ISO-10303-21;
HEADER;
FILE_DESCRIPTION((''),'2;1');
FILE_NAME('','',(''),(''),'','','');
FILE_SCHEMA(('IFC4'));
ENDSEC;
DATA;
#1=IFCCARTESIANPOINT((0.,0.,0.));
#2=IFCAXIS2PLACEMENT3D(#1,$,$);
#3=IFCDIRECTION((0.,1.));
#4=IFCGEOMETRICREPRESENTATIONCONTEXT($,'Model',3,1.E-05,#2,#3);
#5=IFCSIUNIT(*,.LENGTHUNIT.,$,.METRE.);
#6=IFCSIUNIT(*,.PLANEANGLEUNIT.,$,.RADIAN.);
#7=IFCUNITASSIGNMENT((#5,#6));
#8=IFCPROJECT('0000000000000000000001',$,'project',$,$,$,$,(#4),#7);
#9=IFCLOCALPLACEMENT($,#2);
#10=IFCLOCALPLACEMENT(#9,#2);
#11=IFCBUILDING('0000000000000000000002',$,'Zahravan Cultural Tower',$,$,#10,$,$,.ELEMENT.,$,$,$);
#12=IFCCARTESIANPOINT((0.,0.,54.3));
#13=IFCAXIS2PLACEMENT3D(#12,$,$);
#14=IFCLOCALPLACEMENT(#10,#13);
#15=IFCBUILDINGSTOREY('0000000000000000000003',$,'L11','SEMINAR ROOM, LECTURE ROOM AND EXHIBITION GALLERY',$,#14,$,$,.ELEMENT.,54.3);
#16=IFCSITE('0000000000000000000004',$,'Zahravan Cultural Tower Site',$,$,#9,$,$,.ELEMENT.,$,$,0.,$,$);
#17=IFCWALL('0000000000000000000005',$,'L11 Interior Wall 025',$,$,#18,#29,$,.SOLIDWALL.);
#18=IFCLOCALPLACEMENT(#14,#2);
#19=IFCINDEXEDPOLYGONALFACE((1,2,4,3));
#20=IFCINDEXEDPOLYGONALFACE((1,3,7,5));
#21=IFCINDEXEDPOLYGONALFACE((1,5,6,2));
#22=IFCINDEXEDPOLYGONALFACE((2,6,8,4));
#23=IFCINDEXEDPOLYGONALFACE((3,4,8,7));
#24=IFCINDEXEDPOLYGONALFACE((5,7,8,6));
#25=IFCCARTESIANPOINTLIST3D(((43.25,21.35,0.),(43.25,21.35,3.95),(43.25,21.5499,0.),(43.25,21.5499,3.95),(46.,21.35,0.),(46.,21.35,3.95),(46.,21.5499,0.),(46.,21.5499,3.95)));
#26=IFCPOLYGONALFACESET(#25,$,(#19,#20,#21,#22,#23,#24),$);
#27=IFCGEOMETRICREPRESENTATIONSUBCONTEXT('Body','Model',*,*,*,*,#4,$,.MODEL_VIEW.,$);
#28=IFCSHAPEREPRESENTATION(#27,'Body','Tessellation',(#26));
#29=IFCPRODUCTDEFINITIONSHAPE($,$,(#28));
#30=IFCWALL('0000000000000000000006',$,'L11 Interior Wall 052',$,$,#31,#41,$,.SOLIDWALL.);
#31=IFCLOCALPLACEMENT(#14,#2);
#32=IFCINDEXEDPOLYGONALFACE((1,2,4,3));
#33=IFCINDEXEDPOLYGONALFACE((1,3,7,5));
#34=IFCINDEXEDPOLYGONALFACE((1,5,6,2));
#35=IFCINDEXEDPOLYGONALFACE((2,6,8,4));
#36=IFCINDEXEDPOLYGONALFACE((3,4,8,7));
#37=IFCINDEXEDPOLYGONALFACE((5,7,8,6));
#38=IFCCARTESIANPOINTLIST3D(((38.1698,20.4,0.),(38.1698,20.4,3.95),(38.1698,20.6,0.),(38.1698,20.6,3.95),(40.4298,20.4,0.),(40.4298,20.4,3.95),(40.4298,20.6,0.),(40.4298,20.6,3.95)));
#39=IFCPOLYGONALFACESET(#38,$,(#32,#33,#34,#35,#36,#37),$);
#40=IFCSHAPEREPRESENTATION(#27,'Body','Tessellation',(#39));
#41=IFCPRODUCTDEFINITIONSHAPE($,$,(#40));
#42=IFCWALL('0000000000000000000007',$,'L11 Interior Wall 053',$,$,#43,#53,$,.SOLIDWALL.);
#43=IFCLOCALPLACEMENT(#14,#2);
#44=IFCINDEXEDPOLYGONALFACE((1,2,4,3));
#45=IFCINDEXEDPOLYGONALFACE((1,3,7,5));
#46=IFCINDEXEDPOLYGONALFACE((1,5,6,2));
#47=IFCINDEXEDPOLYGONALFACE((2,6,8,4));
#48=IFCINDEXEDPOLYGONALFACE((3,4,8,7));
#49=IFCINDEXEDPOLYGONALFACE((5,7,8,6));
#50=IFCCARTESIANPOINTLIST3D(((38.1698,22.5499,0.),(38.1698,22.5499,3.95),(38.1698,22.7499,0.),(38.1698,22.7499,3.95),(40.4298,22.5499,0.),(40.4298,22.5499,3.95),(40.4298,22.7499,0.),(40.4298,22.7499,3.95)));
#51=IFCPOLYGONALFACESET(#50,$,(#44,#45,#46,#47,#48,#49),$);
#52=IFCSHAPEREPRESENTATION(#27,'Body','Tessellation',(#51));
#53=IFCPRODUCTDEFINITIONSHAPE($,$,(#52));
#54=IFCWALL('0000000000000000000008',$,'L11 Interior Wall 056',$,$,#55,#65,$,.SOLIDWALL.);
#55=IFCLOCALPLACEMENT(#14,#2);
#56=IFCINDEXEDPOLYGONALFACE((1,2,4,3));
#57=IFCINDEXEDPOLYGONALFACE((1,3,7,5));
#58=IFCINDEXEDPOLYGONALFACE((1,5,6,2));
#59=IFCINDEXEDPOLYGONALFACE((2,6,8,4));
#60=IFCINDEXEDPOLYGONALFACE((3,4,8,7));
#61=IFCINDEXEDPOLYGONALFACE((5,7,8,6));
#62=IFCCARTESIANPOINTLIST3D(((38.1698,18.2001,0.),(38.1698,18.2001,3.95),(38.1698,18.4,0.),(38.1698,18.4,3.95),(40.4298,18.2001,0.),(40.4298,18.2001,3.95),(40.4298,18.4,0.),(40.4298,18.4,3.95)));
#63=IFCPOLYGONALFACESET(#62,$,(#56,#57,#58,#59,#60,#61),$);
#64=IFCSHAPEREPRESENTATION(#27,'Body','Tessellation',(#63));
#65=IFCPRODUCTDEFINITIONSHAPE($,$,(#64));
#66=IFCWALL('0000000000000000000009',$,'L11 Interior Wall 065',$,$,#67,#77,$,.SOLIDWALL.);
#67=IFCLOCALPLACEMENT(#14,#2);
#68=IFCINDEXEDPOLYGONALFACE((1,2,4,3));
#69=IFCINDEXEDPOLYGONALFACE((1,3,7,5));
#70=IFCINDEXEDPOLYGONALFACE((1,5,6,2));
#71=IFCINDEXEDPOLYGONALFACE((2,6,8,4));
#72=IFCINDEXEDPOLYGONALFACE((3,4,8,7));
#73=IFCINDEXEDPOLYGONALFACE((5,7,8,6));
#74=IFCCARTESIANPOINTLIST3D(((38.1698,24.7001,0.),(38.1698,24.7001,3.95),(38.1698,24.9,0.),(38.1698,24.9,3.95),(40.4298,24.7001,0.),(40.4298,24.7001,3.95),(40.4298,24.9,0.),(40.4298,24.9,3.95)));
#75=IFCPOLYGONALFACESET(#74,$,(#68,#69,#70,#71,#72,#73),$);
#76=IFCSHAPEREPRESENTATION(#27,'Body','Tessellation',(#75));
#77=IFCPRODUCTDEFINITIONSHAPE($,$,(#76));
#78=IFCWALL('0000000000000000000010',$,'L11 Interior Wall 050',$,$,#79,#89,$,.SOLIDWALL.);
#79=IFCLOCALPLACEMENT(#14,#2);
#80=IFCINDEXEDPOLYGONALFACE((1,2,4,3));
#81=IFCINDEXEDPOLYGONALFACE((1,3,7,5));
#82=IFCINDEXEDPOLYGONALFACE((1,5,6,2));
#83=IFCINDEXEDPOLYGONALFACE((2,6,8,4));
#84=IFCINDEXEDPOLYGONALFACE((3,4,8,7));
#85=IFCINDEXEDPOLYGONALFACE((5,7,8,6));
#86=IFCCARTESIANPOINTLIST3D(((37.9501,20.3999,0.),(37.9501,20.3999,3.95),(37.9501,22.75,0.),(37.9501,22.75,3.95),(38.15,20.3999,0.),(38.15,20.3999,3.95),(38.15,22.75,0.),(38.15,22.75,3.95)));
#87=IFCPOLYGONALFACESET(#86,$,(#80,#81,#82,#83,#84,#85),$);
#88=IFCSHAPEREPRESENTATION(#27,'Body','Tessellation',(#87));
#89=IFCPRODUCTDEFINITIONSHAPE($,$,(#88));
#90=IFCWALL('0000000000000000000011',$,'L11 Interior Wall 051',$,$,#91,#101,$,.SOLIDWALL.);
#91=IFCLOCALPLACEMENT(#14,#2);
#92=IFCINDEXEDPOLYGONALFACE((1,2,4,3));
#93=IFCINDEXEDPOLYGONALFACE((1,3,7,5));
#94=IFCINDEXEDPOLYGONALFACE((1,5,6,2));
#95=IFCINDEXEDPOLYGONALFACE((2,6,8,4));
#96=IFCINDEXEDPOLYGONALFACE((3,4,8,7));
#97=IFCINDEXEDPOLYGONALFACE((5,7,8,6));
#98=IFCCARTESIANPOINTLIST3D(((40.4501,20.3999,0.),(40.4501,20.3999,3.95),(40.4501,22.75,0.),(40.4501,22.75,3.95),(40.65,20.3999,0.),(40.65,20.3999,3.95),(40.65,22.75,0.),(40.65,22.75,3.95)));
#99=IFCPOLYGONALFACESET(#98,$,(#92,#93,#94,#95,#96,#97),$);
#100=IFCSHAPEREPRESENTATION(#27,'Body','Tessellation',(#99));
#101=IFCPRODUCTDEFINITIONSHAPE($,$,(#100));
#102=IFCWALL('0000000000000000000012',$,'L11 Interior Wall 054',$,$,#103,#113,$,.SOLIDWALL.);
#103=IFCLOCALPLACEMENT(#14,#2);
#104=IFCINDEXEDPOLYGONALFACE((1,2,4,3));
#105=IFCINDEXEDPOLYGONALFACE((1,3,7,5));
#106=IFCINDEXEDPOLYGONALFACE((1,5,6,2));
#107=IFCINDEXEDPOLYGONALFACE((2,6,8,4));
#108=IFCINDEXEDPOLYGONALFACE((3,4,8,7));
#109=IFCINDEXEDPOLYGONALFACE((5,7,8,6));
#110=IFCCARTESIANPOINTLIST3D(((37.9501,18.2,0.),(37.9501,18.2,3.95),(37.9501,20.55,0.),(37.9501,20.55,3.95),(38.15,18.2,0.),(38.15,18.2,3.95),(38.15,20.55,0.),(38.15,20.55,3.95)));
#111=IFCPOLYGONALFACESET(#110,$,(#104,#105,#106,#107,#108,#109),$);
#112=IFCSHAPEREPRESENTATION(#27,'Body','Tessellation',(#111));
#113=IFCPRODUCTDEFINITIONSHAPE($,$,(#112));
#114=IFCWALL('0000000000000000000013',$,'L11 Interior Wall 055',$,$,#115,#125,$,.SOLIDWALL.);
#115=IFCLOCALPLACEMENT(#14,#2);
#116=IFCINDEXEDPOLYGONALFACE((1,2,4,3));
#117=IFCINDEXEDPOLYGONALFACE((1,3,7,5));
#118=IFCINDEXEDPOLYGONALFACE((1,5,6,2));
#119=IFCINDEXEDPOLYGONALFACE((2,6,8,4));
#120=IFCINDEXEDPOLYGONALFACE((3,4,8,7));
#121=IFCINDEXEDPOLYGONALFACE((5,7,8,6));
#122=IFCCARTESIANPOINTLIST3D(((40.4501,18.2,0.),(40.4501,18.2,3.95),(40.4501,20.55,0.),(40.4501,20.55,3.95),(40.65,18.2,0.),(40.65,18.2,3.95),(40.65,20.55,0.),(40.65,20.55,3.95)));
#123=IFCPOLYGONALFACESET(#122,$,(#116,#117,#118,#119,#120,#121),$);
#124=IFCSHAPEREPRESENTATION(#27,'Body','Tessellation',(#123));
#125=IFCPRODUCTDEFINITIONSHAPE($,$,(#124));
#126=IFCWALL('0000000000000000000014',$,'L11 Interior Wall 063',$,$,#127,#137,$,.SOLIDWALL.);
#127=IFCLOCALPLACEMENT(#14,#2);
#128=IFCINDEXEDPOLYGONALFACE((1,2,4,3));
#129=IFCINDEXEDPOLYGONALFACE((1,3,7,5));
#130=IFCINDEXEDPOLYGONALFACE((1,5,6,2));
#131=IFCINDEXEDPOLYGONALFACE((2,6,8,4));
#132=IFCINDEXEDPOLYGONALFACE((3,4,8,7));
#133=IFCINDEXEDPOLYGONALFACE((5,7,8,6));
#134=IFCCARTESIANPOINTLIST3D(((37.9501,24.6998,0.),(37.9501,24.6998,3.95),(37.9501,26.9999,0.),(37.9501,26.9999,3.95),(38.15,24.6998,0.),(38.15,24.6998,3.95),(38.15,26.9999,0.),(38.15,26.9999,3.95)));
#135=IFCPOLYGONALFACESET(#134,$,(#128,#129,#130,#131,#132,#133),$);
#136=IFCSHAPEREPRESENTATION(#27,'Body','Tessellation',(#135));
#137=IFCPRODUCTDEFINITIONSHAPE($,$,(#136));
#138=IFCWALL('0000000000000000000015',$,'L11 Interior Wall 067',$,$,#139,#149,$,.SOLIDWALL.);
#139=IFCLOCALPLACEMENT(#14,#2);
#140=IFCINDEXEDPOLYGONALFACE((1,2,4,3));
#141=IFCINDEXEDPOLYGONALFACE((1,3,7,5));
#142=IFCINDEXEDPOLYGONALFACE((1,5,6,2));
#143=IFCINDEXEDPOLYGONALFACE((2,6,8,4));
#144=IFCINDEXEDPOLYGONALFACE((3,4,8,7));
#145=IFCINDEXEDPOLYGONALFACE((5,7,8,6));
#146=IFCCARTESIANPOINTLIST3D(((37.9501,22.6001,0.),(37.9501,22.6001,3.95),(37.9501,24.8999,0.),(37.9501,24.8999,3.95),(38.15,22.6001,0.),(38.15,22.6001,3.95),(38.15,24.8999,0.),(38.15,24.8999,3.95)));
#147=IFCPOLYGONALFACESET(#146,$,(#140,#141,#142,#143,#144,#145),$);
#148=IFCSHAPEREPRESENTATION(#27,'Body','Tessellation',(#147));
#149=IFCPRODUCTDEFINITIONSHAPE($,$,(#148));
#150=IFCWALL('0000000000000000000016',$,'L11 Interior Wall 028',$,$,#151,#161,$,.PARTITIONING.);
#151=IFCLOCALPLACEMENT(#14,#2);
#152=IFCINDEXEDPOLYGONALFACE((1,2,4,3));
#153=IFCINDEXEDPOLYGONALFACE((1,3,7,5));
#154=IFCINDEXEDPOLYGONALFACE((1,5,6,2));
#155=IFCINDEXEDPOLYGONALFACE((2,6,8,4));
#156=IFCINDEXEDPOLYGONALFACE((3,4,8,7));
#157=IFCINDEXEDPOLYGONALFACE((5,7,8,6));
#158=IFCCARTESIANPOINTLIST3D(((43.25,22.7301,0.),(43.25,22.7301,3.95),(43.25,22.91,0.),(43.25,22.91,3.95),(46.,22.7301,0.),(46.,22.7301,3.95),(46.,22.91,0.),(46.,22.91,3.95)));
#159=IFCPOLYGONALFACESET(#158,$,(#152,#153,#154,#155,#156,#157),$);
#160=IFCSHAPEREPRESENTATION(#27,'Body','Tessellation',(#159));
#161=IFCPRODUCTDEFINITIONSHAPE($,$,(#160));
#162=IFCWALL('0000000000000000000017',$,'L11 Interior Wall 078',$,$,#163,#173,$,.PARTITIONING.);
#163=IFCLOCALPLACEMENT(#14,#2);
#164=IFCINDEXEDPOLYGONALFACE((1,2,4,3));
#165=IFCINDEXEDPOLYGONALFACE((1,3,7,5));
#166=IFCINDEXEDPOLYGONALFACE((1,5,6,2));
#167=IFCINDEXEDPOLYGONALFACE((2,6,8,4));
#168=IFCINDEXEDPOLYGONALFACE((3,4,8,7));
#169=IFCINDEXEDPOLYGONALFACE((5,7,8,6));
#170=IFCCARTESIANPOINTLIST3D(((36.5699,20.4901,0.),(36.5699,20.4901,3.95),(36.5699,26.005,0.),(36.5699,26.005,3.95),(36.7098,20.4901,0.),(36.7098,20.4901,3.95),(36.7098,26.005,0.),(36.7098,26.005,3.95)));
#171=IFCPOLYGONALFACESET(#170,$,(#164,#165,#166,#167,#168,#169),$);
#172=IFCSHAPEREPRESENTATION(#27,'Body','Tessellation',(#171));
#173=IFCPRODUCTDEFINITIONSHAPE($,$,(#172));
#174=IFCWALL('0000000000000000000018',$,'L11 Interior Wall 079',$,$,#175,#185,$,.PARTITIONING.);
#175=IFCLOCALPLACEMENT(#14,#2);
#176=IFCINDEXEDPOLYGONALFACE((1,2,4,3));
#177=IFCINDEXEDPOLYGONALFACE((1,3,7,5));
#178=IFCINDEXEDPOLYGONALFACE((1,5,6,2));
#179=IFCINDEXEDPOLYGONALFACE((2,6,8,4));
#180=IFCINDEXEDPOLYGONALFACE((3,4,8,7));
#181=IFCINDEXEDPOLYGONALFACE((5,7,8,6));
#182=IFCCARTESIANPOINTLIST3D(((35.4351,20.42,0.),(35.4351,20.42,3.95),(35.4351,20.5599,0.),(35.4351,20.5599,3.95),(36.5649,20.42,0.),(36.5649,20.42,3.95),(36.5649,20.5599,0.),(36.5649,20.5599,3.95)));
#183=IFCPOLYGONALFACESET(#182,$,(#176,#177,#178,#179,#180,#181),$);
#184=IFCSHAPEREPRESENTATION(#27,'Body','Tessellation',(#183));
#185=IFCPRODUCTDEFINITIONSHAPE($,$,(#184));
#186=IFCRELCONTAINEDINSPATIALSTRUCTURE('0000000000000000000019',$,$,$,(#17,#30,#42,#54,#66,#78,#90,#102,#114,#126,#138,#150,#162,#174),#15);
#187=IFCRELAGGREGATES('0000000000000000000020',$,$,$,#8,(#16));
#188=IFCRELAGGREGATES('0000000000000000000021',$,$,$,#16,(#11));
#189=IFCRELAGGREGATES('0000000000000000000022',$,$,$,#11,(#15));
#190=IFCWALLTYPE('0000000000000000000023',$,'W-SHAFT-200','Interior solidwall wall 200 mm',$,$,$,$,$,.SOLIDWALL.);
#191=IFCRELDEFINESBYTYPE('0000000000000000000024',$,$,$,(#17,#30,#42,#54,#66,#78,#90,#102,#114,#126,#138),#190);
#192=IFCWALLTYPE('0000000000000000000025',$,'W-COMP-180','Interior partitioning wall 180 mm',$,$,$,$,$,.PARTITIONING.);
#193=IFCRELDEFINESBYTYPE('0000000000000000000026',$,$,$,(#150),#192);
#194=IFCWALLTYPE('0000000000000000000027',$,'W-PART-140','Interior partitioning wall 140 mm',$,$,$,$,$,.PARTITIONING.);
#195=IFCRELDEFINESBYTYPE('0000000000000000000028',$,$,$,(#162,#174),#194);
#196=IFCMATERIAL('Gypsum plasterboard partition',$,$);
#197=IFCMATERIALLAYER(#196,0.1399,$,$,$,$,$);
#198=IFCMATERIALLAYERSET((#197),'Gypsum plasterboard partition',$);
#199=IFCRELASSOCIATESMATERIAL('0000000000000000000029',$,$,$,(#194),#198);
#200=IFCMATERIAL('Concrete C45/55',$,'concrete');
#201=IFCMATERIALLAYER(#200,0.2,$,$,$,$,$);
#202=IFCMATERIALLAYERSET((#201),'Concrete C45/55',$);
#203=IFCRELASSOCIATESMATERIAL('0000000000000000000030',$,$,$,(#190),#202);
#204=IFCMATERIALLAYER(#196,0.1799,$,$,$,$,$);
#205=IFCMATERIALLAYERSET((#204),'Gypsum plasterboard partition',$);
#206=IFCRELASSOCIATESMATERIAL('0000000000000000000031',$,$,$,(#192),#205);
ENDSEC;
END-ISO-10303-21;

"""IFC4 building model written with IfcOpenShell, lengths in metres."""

from ifc_helpers import new_model, si_unit, direction, frame, frame_2d, origin, place, context, subcontext, project, spatial, rectangle, extrude, source, transform, mapped, material, layer, layer_set, type_object, element, save


model = new_model("IFC4")

# Units and contexts
model_context = context("Model", 3, precision=1e-05, world=origin(), true_north=direction((0.0, 1.0)))
body_context = subcontext(model_context, "Body", "Model", "MODEL_VIEW")
ifc_project = project(units=[si_unit("LENGTHUNIT", "METRE"), si_unit("PLANEANGLEUNIT", "RADIAN")], contexts=[model_context])

# Site, building, storey
site_placement = place(None, origin())
site = spatial("IfcSite", under=ifc_project, at=site_placement, Name="Zahravan Cultural Tower Site", CompositionType="ELEMENT", RefElevation=0.0)
building_placement = place(site_placement, origin())
building = spatial("IfcBuilding", under=site, at=building_placement, Name="Zahravan Cultural Tower", CompositionType="ELEMENT")
storey_placement = place(building_placement, frame((0.0, 0.0, 54.3)))
storey = spatial("IfcBuildingStorey", under=building, at=storey_placement, Name="L11", Description="SEMINAR ROOM, LECTURE ROOM AND EXHIBITION GALLERY", CompositionType="ELEMENT", Elevation=54.3)

# Shared definitions
ifc_material_1 = material(Name="Gypsum plasterboard partition")
ifc_layer_1 = layer(ifc_material_1, 0.1399)
ifc_layer_set_1 = layer_set([ifc_layer_1], Name="Gypsum plasterboard partition")
wall_type_1 = type_object("IfcWallType", Name="W-PART-140", Description="Interior partitioning wall 140 mm", PredefinedType="PARTITIONING", material=ifc_layer_set_1)
ifc_material_2 = material(Name="Concrete C45/55", Category="concrete")
ifc_layer_2 = layer(ifc_material_2, 0.2)
ifc_layer_set_2 = layer_set([ifc_layer_2], Name="Concrete C45/55")
wall_type_2 = type_object("IfcWallType", Name="W-SHAFT-200", Description="Interior solidwall wall 200 mm", PredefinedType="SOLIDWALL", material=ifc_layer_set_2)

# Walls
shared_shape_1 = source(origin(), body_context, "Body", "SweptSolid", [
    extrude(rectangle(XDim=2.75, YDim=0.2, at=frame_2d((1.375, 0.0))), origin(), (0.0, 0.0, 1.0), 3.95),
])
for number, where, z_axis, x_axis, name in (
    (1, (43.25, 21.45, 0.0), (0.0, 0.0, 1.0), (1.0, 0.0, 0.0), "L11 Interior Wall 025"),
):
    element("IfcWall", number, at=place(storey_placement, frame(where, z_axis=z_axis, x_axis=x_axis)), inside=storey, type_object=wall_type_2, Name=name, PredefinedType="SOLIDWALL", context=body_context, shape_type="MappedRepresentation", body=[
        mapped(shared_shape_1, transform((0.0, 0.0, 0.0), x_axis=(1.0, 0.0, 0.0), y_axis=(0.0, 1.0, 0.0), z_axis=(0.0, 0.0, 1.0), scale=1.0)),
    ])
shared_shape_2 = source(origin(), body_context, "Body", "SweptSolid", [
    extrude(rectangle(XDim=2.26, YDim=0.2, at=frame_2d((1.1299, 0.0))), origin(), (0.0, 0.0, 1.0), 3.95),
])
for number, where, z_axis, x_axis, name in (
    (2, (38.1699, 20.5, 0.0), (0.0, 0.0, 1.0), (1.0, 0.0, 0.0), "L11 Interior Wall 052"),
    (3, (38.1699, 22.6499, 0.0), (0.0, 0.0, 1.0), (1.0, 0.0, 0.0), "L11 Interior Wall 053"),
    (4, (38.1699, 18.3, 0.0), (0.0, 0.0, 1.0), (1.0, 0.0, 0.0), "L11 Interior Wall 056"),
    (5, (38.1699, 24.8, 0.0), (0.0, 0.0, 1.0), (1.0, 0.0, 0.0), "L11 Interior Wall 065"),
):
    element("IfcWall", number, at=place(storey_placement, frame(where, z_axis=z_axis, x_axis=x_axis)), inside=storey, type_object=wall_type_2, Name=name, PredefinedType="SOLIDWALL", context=body_context, shape_type="MappedRepresentation", body=[
        mapped(shared_shape_2, transform((0.0, 0.0, 0.0), x_axis=(1.0, 0.0, 0.0), y_axis=(0.0, 1.0, 0.0), z_axis=(0.0, 0.0, 1.0), scale=1.0)),
    ])
shared_shape_3 = source(origin(), body_context, "Body", "SweptSolid", [
    extrude(rectangle(XDim=2.3501, YDim=0.2, at=frame_2d((1.175, 0.0))), origin(), (0.0, 0.0, 1.0), 3.95),
])
for number, where, z_axis, x_axis, name in (
    (6, (38.05, 20.3999, 0.0), (0.0, 0.0, 1.0), (0.0, 1.0, 0.0), "L11 Interior Wall 050"),
    (7, (40.55, 20.3999, 0.0), (0.0, 0.0, 1.0), (0.0, 1.0, 0.0), "L11 Interior Wall 051"),
    (8, (38.05, 18.2, 0.0), (0.0, 0.0, 1.0), (0.0, 1.0, 0.0), "L11 Interior Wall 054"),
    (9, (40.55, 18.2, 0.0), (0.0, 0.0, 1.0), (0.0, 1.0, 0.0), "L11 Interior Wall 055"),
):
    element("IfcWall", number, at=place(storey_placement, frame(where, z_axis=z_axis, x_axis=x_axis)), inside=storey, type_object=wall_type_2, Name=name, PredefinedType="SOLIDWALL", context=body_context, shape_type="MappedRepresentation", body=[
        mapped(shared_shape_3, transform((0.0, 0.0, 0.0), x_axis=(1.0, 0.0, 0.0), y_axis=(0.0, 1.0, 0.0), z_axis=(0.0, 0.0, 1.0), scale=1.0)),
    ])
shared_shape_4 = source(origin(), body_context, "Body", "SweptSolid", [
    extrude(rectangle(XDim=2.3, YDim=0.2, at=frame_2d((1.1499, 0.0))), origin(), (0.0, 0.0, 1.0), 3.95),
])
wall_1_placement = place(storey_placement, frame((38.05, 24.7, 0.0), z_axis=(0.0, 0.0, 1.0), x_axis=(0.0, 1.0, 0.0)))
element("IfcWall", 10, at=wall_1_placement, inside=storey, type_object=wall_type_2, Name="L11 Interior Wall 063", PredefinedType="SOLIDWALL", context=body_context, shape_type="MappedRepresentation", body=[
    mapped(shared_shape_4, transform((0.0, 0.0, 0.0), x_axis=(1.0, 0.0, 0.0), y_axis=(0.0, 1.0, 0.0), z_axis=(0.0, 0.0, 1.0), scale=1.0)),
])
shared_shape_5 = source(origin(), body_context, "Body", "SweptSolid", [
    extrude(rectangle(XDim=2.2998, YDim=0.2, at=frame_2d((1.1499, 0.0))), origin(), (0.0, 0.0, 1.0), 3.95),
])
wall_2_placement = place(storey_placement, frame((38.05, 22.6001, 0.0), z_axis=(0.0, 0.0, 1.0), x_axis=(0.0, 1.0, 0.0)))
element("IfcWall", 11, at=wall_2_placement, inside=storey, type_object=wall_type_2, Name="L11 Interior Wall 067", PredefinedType="SOLIDWALL", context=body_context, shape_type="MappedRepresentation", body=[
    mapped(shared_shape_5, transform((0.0, 0.0, 0.0), x_axis=(1.0, 0.0, 0.0), y_axis=(0.0, 1.0, 0.0), z_axis=(0.0, 0.0, 1.0), scale=1.0)),
])
ifc_layer_3 = layer(ifc_material_1, 0.1799)
ifc_layer_set_3 = layer_set([ifc_layer_3], Name="Gypsum plasterboard partition")
wall_type_3 = type_object("IfcWallType", Name="W-COMP-180", Description="Interior partitioning wall 180 mm", PredefinedType="PARTITIONING", material=ifc_layer_set_3)
shared_shape_6 = source(origin(), body_context, "Body", "SweptSolid", [
    extrude(rectangle(XDim=2.75, YDim=0.1799, at=frame_2d((1.375, 0.0))), origin(), (0.0, 0.0, 1.0), 3.95),
])
wall_3_placement = place(storey_placement, frame((43.25, 22.8201, 0.0), z_axis=(0.0, 0.0, 1.0), x_axis=(1.0, 0.0, 0.0)))
element("IfcWall", 12, at=wall_3_placement, inside=storey, type_object=wall_type_3, Name="L11 Interior Wall 028", PredefinedType="PARTITIONING", context=body_context, shape_type="MappedRepresentation", body=[
    mapped(shared_shape_6, transform((0.0, 0.0, 0.0), x_axis=(1.0, 0.0, 0.0), y_axis=(0.0, 1.0, 0.0), z_axis=(0.0, 0.0, 1.0), scale=1.0)),
])
shared_shape_7 = source(origin(), body_context, "Body", "SweptSolid", [
    extrude(rectangle(XDim=5.5149, YDim=0.1399, at=frame_2d((2.7573, 0.0))), origin(), (0.0, 0.0, 1.0), 3.95),
])
wall_4_placement = place(storey_placement, frame((36.6399, 26.0049, 0.0), z_axis=(0.0, 0.0, 1.0), x_axis=(0.0, -1.0, 0.0)))
element("IfcWall", 13, at=wall_4_placement, inside=storey, type_object=wall_type_1, Name="L11 Interior Wall 078", PredefinedType="PARTITIONING", context=body_context, shape_type="MappedRepresentation", body=[
    mapped(shared_shape_7, transform((0.0, 0.0, 0.0), x_axis=(1.0, 0.0, 0.0), y_axis=(0.0, 1.0, 0.0), z_axis=(0.0, 0.0, 1.0), scale=1.0)),
])
shared_shape_8 = source(origin(), body_context, "Body", "SweptSolid", [
    extrude(rectangle(XDim=1.1299, YDim=0.1399, at=frame_2d((0.5649, 0.0))), origin(), (0.0, 0.0, 1.0), 3.95),
])
wall_5_placement = place(storey_placement, frame((36.5649, 20.49, 0.0), z_axis=(0.0, 0.0, 1.0), x_axis=(-1.0, 0.0, 0.0)))
element("IfcWall", 14, at=wall_5_placement, inside=storey, type_object=wall_type_1, Name="L11 Interior Wall 079", PredefinedType="PARTITIONING", context=body_context, shape_type="MappedRepresentation", body=[
    mapped(shared_shape_8, transform((0.0, 0.0, 0.0), x_axis=(1.0, 0.0, 0.0), y_axis=(0.0, 1.0, 0.0), z_axis=(0.0, 0.0, 1.0), scale=1.0)),
])

save(model, "model.ifc")
